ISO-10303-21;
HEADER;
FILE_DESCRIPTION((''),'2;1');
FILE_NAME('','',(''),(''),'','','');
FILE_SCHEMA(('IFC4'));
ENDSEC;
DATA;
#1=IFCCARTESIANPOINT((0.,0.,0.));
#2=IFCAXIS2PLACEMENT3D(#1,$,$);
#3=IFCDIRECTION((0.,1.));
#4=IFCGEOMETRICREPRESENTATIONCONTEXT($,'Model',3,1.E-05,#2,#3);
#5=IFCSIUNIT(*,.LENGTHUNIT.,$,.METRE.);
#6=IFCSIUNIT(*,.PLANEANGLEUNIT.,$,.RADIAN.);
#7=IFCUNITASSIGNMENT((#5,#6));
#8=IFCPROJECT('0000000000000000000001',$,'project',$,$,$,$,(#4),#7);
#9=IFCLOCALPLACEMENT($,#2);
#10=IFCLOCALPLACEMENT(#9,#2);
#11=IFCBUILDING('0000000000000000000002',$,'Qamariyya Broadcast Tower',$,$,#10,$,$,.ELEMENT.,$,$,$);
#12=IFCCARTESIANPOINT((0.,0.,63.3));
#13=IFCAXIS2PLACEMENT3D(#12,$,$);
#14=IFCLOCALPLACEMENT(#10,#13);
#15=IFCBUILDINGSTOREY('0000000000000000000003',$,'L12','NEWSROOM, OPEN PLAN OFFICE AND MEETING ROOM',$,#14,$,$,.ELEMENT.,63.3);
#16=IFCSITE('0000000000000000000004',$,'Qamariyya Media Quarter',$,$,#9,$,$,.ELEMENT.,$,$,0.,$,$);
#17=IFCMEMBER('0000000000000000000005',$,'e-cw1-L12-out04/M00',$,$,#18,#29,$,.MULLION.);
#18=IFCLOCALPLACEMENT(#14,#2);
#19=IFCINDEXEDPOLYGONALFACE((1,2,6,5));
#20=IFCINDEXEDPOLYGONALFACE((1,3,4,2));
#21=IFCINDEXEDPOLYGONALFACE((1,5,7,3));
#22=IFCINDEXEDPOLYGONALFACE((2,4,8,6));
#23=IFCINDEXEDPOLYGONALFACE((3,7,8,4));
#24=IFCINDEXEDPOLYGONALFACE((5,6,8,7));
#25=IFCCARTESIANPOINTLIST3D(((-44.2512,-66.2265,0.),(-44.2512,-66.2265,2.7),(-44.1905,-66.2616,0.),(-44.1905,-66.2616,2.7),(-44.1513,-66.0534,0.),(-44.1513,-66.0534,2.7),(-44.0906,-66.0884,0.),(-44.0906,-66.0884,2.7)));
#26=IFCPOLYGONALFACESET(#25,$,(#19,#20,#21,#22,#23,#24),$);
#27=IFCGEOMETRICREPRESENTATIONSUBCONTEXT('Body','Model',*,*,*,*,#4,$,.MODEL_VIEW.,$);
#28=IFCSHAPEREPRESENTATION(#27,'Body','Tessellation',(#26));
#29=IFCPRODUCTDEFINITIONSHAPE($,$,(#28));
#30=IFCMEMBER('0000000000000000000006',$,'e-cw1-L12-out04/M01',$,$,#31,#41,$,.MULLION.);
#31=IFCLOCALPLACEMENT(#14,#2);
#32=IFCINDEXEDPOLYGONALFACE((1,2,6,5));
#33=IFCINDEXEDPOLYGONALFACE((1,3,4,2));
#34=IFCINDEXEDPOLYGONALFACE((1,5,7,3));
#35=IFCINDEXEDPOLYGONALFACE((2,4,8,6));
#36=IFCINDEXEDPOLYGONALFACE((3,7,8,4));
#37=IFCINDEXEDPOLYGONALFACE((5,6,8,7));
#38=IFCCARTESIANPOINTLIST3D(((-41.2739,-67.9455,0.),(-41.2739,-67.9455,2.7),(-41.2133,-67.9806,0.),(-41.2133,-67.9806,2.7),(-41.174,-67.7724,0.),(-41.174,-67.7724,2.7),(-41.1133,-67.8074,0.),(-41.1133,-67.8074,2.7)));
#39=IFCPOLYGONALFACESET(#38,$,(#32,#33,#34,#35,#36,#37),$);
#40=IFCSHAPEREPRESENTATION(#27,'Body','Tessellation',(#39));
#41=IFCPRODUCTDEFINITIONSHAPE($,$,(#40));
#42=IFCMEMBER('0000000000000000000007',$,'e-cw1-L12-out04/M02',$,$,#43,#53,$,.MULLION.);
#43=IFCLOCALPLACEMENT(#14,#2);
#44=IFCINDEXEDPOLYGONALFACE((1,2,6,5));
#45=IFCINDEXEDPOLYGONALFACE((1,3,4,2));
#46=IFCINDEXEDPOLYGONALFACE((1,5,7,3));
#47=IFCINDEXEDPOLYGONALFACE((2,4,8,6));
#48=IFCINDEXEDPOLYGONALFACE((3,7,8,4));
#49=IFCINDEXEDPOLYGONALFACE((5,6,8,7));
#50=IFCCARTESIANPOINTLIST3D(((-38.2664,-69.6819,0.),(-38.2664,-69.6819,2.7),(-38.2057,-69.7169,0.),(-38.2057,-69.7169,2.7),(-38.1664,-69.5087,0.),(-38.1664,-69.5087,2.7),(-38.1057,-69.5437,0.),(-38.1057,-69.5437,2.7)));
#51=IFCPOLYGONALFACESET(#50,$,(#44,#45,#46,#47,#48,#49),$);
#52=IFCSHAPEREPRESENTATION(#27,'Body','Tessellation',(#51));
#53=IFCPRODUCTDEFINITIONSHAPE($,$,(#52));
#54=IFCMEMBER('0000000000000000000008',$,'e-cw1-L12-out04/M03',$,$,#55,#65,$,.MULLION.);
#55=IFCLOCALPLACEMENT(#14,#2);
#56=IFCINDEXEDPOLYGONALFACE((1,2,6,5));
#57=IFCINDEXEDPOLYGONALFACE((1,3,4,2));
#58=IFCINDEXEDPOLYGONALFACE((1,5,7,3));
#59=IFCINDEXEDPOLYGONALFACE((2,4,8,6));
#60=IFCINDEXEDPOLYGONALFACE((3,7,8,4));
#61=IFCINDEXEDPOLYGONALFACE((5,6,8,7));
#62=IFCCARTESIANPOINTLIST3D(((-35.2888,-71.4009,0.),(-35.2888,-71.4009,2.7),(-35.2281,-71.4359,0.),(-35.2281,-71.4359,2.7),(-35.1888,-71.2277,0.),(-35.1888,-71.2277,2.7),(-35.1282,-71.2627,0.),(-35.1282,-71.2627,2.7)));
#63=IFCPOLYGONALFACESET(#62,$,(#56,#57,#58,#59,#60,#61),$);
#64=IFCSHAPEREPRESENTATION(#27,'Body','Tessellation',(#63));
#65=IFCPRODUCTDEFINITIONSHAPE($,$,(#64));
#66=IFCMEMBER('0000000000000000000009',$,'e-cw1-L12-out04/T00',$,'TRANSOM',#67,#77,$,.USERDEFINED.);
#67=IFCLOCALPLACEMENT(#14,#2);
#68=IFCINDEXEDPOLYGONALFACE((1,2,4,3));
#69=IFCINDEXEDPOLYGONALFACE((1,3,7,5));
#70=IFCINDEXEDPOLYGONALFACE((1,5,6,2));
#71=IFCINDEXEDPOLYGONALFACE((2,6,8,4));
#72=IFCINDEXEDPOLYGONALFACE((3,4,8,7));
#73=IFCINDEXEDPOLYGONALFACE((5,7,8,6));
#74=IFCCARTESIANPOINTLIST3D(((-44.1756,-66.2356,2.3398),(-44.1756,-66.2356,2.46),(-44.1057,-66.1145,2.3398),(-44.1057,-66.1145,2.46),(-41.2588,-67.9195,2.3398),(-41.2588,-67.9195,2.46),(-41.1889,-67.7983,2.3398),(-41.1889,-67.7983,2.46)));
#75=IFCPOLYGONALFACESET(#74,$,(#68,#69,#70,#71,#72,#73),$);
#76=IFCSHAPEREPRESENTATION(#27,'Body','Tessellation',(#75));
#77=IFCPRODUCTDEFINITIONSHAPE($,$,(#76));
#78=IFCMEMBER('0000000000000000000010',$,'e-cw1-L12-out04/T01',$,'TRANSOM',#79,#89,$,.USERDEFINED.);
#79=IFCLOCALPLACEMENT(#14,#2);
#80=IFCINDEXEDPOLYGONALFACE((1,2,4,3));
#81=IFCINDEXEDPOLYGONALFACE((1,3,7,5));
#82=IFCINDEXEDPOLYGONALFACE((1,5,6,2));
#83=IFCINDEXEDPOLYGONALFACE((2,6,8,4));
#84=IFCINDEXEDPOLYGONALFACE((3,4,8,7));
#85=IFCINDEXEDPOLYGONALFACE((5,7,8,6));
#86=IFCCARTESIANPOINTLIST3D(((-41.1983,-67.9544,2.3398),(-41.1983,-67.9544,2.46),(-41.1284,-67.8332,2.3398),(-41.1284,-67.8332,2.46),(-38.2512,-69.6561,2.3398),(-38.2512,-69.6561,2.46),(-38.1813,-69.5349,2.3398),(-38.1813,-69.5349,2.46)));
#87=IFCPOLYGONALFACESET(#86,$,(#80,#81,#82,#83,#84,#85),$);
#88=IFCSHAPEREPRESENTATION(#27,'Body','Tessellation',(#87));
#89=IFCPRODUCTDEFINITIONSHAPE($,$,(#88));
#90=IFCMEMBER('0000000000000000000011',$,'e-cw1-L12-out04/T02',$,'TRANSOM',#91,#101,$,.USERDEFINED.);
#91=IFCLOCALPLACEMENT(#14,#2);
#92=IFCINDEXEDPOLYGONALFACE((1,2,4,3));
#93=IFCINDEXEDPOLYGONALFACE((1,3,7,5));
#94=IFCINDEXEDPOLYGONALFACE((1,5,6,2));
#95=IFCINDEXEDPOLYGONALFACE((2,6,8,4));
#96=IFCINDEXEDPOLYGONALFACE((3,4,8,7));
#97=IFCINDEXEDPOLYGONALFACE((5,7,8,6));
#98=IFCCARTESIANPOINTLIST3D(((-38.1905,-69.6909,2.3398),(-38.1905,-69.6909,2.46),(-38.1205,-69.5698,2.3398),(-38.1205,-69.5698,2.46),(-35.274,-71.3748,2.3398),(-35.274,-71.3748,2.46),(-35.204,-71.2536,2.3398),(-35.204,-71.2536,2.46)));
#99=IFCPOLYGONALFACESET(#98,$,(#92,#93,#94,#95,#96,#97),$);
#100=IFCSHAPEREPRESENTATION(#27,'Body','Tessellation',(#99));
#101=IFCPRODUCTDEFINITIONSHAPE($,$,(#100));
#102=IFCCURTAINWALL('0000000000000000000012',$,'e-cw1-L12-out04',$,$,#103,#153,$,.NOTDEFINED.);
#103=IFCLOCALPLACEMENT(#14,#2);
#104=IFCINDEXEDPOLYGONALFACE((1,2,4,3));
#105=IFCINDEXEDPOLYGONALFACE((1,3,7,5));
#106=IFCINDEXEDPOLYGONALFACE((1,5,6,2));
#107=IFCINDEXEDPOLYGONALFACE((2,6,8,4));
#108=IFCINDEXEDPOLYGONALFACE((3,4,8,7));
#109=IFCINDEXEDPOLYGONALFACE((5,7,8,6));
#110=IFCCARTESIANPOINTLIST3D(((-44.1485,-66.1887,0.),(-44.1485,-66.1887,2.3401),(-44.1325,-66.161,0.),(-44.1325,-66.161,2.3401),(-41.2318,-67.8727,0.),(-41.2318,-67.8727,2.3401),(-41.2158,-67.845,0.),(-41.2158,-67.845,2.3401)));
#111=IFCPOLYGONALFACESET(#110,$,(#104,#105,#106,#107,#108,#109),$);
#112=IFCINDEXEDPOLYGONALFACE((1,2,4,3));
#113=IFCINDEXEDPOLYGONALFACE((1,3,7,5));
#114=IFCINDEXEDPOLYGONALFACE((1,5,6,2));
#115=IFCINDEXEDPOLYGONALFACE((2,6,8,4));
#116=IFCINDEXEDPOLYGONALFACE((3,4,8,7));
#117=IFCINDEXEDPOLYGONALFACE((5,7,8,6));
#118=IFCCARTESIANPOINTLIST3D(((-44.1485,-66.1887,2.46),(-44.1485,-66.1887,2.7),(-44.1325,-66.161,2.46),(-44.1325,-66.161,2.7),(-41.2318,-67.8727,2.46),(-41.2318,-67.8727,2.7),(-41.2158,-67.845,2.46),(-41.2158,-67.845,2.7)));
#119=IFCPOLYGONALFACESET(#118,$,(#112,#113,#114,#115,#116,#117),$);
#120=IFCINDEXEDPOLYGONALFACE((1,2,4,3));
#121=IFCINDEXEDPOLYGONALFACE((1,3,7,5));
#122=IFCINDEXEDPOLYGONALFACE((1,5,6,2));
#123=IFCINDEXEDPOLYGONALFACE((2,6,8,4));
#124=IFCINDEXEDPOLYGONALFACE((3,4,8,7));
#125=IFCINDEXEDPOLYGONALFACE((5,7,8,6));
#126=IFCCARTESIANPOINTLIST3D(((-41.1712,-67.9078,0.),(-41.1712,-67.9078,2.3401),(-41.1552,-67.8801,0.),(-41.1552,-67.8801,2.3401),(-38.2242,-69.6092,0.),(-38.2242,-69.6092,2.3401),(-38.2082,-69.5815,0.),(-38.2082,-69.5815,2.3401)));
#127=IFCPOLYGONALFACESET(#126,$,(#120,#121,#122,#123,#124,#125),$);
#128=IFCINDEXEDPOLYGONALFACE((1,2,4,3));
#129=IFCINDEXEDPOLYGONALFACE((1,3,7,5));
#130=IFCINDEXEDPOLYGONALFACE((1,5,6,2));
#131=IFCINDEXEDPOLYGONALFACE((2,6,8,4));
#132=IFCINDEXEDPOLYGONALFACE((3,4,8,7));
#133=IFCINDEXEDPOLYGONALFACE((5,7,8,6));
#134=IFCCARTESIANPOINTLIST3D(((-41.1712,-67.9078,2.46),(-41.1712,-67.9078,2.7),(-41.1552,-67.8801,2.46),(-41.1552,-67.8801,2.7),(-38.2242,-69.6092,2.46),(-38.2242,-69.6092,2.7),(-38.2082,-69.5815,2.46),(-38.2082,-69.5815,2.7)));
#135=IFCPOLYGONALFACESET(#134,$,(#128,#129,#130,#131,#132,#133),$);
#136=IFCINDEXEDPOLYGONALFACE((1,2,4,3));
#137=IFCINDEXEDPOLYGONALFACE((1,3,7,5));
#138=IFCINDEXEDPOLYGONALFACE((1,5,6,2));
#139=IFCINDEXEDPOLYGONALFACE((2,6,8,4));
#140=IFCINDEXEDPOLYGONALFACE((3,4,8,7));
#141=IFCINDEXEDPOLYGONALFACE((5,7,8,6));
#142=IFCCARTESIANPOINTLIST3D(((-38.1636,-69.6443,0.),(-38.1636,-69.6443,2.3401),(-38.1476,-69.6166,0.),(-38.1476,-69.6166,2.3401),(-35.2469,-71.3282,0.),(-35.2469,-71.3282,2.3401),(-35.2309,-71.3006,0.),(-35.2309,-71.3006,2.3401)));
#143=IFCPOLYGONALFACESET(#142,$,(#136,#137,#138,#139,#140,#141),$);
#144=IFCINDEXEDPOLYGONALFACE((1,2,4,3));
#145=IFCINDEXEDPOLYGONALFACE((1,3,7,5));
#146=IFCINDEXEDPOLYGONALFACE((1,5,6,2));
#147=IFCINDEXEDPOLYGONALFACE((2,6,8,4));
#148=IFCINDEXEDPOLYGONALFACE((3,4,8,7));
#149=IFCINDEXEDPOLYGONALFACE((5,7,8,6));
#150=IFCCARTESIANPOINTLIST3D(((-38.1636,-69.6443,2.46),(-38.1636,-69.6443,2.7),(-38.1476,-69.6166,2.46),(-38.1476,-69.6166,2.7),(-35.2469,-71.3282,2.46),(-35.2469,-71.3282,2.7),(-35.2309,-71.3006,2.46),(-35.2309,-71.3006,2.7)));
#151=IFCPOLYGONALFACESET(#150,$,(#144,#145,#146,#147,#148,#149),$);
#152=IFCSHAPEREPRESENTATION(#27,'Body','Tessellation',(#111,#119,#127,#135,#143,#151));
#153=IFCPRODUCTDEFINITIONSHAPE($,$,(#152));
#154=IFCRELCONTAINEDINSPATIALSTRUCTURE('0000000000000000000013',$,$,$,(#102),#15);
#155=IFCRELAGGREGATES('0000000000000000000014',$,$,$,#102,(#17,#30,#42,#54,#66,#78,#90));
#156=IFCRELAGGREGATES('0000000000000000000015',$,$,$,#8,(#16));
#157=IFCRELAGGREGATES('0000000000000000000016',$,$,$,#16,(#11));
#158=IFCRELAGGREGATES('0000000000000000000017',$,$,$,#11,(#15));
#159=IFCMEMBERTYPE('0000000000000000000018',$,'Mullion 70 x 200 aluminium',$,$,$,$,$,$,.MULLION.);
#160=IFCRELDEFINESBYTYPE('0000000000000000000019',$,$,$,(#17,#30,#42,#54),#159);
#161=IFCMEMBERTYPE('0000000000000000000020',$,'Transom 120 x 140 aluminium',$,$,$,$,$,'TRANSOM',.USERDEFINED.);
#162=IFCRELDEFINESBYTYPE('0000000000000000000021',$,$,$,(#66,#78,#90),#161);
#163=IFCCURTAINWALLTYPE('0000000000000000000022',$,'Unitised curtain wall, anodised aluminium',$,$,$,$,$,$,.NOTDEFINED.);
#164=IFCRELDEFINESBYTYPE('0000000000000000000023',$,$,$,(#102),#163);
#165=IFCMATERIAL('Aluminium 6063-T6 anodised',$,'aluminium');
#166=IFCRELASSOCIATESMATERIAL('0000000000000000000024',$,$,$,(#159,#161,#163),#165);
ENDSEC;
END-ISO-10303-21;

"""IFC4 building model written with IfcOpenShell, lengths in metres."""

from ifc_helpers import new_model, si_unit, direction, frame, origin, origin_2d, place, context, subcontext, project, spatial, rectangle, extrude, material, material_profile, profile_set, type_object, element, aggregate, save


model = new_model("IFC4")

# Units and contexts
model_context = context("Model", 3, precision=1e-05, world=origin(), true_north=direction((0.0, 1.0)))
body_context = subcontext(model_context, "Body", "Model", "MODEL_VIEW")
ifc_project = project(units=[si_unit("LENGTHUNIT", "METRE"), si_unit("PLANEANGLEUNIT", "RADIAN")], contexts=[model_context])

# Members
ifc_material_1 = material(Name="Aluminium 6063-T6 anodised", Category="aluminium")
ifc_material_profile_1 = material_profile(ifc_material_1, rectangle(XDim=0.2, YDim=0.0701, at=origin_2d()))
ifc_profile_set_1 = profile_set([ifc_material_profile_1], Name="Aluminium 6063-T6 anodised")
member_type_1 = type_object("IfcMemberType", Name="Mullion 70 x 200 aluminium", PredefinedType="MULLION", material=ifc_profile_set_1)
site_placement = place(None, origin())
building_placement = place(site_placement, origin())
storey_placement = place(building_placement, frame((0.0, 0.0, 63.3)))
member_1_placement = place(storey_placement, frame((-44.1709, -66.1575, 0.0), z_axis=(0.0, 0.0, 1.0), x_axis=(0.5, 0.866025, 0.0)))
member_1 = element("IfcMember", 1, at=member_1_placement, type_object=member_type_1, Name="e-cw1-L12-out04/M00", PredefinedType="MULLION", context=body_context, shape_type="SweptSolid", body=[
    extrude(rectangle(XDim=0.2, YDim=0.0701, at=origin_2d()), origin(), (0.0, 0.0, 1.0), 2.7),
])
member_2_placement = place(storey_placement, frame((-41.1936, -67.8765, 0.0), z_axis=(0.0, 0.0, 1.0), x_axis=(0.5, 0.866025, 0.0)))
member_2 = element("IfcMember", 2, at=member_2_placement, type_object=member_type_1, Name="e-cw1-L12-out04/M01", PredefinedType="MULLION", context=body_context, shape_type="SweptSolid", body=[
    extrude(rectangle(XDim=0.2, YDim=0.0701, at=origin_2d()), origin(), (0.0, 0.0, 1.0), 2.7),
])
member_3_placement = place(storey_placement, frame((-38.186, -69.6128, 0.0), z_axis=(0.0, 0.0, 1.0), x_axis=(0.5, 0.866025, 0.0)))
member_3 = element("IfcMember", 3, at=member_3_placement, type_object=member_type_1, Name="e-cw1-L12-out04/M02", PredefinedType="MULLION", context=body_context, shape_type="SweptSolid", body=[
    extrude(rectangle(XDim=0.2, YDim=0.0701, at=origin_2d()), origin(), (0.0, 0.0, 1.0), 2.7),
])
member_4_placement = place(storey_placement, frame((-35.2085, -71.3318, 0.0), z_axis=(0.0, 0.0, 1.0), x_axis=(0.5, 0.866025, 0.0)))
member_4 = element("IfcMember", 4, at=member_4_placement, type_object=member_type_1, Name="e-cw1-L12-out04/M03", PredefinedType="MULLION", context=body_context, shape_type="SweptSolid", body=[
    extrude(rectangle(XDim=0.2, YDim=0.0701, at=origin_2d()), origin(), (0.0, 0.0, 1.0), 2.7),
])
ifc_material_profile_2 = material_profile(ifc_material_1, rectangle(XDim=0.1399, YDim=0.1201, at=origin_2d()))
ifc_profile_set_2 = profile_set([ifc_material_profile_2], Name="Aluminium 6063-T6 anodised")
member_type_2 = type_object("IfcMemberType", Name="Transom 120 x 140 aluminium", ElementType="TRANSOM", PredefinedType="USERDEFINED", material=ifc_profile_set_2)
member_5_placement = place(storey_placement, frame((-44.1406, -66.175, 2.3999), z_axis=(0.866044, -0.499967, 0.0), x_axis=(0.499967, 0.866044, 0.0)))
member_5 = element("IfcMember", 5, at=member_5_placement, type_object=member_type_2, Name="e-cw1-L12-out04/T00", ObjectType="TRANSOM", PredefinedType="USERDEFINED", context=body_context, shape_type="SweptSolid", body=[
    extrude(rectangle(XDim=0.1399, YDim=0.1201, at=origin_2d()), origin(), (0.0, 0.0, 1.0), 3.3679),
])
member_6_placement = place(storey_placement, frame((-41.1633, -67.8938, 2.3999), z_axis=(0.866, -0.500043, 0.0), x_axis=(0.500043, 0.866, 0.0)))
member_6 = element("IfcMember", 6, at=member_6_placement, type_object=member_type_2, Name="e-cw1-L12-out04/T01", ObjectType="TRANSOM", PredefinedType="USERDEFINED", context=body_context, shape_type="SweptSolid", body=[
    extrude(rectangle(XDim=0.1399, YDim=0.1201, at=origin_2d()), origin(), (0.0, 0.0, 1.0), 3.4031),
])
member_7_placement = place(storey_placement, frame((-38.1555, -69.6304, 2.3999), z_axis=(0.866026, -0.499999, 0.0), x_axis=(0.499999, 0.866026, 0.0)))
member_7 = element("IfcMember", 7, at=member_7_placement, type_object=member_type_2, Name="e-cw1-L12-out04/T02", ObjectType="TRANSOM", PredefinedType="USERDEFINED", context=body_context, shape_type="SweptSolid", body=[
    extrude(rectangle(XDim=0.1399, YDim=0.1201, at=origin_2d()), origin(), (0.0, 0.0, 1.0), 3.3677),
])

# Site, building, storey
site = spatial("IfcSite", under=ifc_project, at=site_placement, Name="Qamariyya Media Quarter", CompositionType="ELEMENT", RefElevation=0.0)
building = spatial("IfcBuilding", under=site, at=building_placement, Name="Qamariyya Broadcast Tower", CompositionType="ELEMENT")
storey = spatial("IfcBuildingStorey", under=building, at=storey_placement, Name="L12", Description="NEWSROOM, OPEN PLAN OFFICE AND MEETING ROOM", CompositionType="ELEMENT", Elevation=63.3)

# Curtain wall
curtain_wall_type = type_object("IfcCurtainWallType", Name="Unitised curtain wall, anodised aluminium", PredefinedType="NOTDEFINED", material=ifc_material_1)
curtain_wall_1_placement = place(storey_placement, origin())
curtain_wall_1 = element("IfcCurtainWall", 8, at=curtain_wall_1_placement, inside=storey, type_object=curtain_wall_type, Name="e-cw1-L12-out04", PredefinedType="NOTDEFINED", context=body_context, shape_type="SweptSolid", body=[
    extrude(rectangle(XDim=3.3679, YDim=0.032, at=origin_2d()), frame((-42.6821, -67.0168, 0.0), x_axis=(0.866022, -0.500005, 0.0)), (0.0, 0.0, 1.0), 2.3401),
    extrude(rectangle(XDim=3.3679, YDim=0.032, at=origin_2d()), frame((-42.6821, -67.0168, 2.46), x_axis=(0.866022, -0.500005, 0.0)), (0.0, 0.0, 1.0), 0.24),
    extrude(rectangle(XDim=3.4028, YDim=0.032, at=origin_2d()), frame((-39.6897, -68.7446, 0.0), x_axis=(0.866022, -0.500005, 0.0)), (0.0, 0.0, 1.0), 2.3401),
    extrude(rectangle(XDim=3.4028, YDim=0.032, at=origin_2d()), frame((-39.6897, -68.7446, 2.46), x_axis=(0.866022, -0.500005, 0.0)), (0.0, 0.0, 1.0), 0.24),
    extrude(rectangle(XDim=3.3679, YDim=0.032, at=origin_2d()), frame((-36.6973, -70.4724, 0.0), x_axis=(0.866022, -0.500005, 0.0)), (0.0, 0.0, 1.0), 2.3401),
    extrude(rectangle(XDim=3.3679, YDim=0.032, at=origin_2d()), frame((-36.6973, -70.4724, 2.46), x_axis=(0.866022, -0.500005, 0.0)), (0.0, 0.0, 1.0), 0.24),
])
aggregate(curtain_wall_1, [member_1, member_2, member_3, member_4, member_5, member_6, member_7])

save(model, "model.ifc")
